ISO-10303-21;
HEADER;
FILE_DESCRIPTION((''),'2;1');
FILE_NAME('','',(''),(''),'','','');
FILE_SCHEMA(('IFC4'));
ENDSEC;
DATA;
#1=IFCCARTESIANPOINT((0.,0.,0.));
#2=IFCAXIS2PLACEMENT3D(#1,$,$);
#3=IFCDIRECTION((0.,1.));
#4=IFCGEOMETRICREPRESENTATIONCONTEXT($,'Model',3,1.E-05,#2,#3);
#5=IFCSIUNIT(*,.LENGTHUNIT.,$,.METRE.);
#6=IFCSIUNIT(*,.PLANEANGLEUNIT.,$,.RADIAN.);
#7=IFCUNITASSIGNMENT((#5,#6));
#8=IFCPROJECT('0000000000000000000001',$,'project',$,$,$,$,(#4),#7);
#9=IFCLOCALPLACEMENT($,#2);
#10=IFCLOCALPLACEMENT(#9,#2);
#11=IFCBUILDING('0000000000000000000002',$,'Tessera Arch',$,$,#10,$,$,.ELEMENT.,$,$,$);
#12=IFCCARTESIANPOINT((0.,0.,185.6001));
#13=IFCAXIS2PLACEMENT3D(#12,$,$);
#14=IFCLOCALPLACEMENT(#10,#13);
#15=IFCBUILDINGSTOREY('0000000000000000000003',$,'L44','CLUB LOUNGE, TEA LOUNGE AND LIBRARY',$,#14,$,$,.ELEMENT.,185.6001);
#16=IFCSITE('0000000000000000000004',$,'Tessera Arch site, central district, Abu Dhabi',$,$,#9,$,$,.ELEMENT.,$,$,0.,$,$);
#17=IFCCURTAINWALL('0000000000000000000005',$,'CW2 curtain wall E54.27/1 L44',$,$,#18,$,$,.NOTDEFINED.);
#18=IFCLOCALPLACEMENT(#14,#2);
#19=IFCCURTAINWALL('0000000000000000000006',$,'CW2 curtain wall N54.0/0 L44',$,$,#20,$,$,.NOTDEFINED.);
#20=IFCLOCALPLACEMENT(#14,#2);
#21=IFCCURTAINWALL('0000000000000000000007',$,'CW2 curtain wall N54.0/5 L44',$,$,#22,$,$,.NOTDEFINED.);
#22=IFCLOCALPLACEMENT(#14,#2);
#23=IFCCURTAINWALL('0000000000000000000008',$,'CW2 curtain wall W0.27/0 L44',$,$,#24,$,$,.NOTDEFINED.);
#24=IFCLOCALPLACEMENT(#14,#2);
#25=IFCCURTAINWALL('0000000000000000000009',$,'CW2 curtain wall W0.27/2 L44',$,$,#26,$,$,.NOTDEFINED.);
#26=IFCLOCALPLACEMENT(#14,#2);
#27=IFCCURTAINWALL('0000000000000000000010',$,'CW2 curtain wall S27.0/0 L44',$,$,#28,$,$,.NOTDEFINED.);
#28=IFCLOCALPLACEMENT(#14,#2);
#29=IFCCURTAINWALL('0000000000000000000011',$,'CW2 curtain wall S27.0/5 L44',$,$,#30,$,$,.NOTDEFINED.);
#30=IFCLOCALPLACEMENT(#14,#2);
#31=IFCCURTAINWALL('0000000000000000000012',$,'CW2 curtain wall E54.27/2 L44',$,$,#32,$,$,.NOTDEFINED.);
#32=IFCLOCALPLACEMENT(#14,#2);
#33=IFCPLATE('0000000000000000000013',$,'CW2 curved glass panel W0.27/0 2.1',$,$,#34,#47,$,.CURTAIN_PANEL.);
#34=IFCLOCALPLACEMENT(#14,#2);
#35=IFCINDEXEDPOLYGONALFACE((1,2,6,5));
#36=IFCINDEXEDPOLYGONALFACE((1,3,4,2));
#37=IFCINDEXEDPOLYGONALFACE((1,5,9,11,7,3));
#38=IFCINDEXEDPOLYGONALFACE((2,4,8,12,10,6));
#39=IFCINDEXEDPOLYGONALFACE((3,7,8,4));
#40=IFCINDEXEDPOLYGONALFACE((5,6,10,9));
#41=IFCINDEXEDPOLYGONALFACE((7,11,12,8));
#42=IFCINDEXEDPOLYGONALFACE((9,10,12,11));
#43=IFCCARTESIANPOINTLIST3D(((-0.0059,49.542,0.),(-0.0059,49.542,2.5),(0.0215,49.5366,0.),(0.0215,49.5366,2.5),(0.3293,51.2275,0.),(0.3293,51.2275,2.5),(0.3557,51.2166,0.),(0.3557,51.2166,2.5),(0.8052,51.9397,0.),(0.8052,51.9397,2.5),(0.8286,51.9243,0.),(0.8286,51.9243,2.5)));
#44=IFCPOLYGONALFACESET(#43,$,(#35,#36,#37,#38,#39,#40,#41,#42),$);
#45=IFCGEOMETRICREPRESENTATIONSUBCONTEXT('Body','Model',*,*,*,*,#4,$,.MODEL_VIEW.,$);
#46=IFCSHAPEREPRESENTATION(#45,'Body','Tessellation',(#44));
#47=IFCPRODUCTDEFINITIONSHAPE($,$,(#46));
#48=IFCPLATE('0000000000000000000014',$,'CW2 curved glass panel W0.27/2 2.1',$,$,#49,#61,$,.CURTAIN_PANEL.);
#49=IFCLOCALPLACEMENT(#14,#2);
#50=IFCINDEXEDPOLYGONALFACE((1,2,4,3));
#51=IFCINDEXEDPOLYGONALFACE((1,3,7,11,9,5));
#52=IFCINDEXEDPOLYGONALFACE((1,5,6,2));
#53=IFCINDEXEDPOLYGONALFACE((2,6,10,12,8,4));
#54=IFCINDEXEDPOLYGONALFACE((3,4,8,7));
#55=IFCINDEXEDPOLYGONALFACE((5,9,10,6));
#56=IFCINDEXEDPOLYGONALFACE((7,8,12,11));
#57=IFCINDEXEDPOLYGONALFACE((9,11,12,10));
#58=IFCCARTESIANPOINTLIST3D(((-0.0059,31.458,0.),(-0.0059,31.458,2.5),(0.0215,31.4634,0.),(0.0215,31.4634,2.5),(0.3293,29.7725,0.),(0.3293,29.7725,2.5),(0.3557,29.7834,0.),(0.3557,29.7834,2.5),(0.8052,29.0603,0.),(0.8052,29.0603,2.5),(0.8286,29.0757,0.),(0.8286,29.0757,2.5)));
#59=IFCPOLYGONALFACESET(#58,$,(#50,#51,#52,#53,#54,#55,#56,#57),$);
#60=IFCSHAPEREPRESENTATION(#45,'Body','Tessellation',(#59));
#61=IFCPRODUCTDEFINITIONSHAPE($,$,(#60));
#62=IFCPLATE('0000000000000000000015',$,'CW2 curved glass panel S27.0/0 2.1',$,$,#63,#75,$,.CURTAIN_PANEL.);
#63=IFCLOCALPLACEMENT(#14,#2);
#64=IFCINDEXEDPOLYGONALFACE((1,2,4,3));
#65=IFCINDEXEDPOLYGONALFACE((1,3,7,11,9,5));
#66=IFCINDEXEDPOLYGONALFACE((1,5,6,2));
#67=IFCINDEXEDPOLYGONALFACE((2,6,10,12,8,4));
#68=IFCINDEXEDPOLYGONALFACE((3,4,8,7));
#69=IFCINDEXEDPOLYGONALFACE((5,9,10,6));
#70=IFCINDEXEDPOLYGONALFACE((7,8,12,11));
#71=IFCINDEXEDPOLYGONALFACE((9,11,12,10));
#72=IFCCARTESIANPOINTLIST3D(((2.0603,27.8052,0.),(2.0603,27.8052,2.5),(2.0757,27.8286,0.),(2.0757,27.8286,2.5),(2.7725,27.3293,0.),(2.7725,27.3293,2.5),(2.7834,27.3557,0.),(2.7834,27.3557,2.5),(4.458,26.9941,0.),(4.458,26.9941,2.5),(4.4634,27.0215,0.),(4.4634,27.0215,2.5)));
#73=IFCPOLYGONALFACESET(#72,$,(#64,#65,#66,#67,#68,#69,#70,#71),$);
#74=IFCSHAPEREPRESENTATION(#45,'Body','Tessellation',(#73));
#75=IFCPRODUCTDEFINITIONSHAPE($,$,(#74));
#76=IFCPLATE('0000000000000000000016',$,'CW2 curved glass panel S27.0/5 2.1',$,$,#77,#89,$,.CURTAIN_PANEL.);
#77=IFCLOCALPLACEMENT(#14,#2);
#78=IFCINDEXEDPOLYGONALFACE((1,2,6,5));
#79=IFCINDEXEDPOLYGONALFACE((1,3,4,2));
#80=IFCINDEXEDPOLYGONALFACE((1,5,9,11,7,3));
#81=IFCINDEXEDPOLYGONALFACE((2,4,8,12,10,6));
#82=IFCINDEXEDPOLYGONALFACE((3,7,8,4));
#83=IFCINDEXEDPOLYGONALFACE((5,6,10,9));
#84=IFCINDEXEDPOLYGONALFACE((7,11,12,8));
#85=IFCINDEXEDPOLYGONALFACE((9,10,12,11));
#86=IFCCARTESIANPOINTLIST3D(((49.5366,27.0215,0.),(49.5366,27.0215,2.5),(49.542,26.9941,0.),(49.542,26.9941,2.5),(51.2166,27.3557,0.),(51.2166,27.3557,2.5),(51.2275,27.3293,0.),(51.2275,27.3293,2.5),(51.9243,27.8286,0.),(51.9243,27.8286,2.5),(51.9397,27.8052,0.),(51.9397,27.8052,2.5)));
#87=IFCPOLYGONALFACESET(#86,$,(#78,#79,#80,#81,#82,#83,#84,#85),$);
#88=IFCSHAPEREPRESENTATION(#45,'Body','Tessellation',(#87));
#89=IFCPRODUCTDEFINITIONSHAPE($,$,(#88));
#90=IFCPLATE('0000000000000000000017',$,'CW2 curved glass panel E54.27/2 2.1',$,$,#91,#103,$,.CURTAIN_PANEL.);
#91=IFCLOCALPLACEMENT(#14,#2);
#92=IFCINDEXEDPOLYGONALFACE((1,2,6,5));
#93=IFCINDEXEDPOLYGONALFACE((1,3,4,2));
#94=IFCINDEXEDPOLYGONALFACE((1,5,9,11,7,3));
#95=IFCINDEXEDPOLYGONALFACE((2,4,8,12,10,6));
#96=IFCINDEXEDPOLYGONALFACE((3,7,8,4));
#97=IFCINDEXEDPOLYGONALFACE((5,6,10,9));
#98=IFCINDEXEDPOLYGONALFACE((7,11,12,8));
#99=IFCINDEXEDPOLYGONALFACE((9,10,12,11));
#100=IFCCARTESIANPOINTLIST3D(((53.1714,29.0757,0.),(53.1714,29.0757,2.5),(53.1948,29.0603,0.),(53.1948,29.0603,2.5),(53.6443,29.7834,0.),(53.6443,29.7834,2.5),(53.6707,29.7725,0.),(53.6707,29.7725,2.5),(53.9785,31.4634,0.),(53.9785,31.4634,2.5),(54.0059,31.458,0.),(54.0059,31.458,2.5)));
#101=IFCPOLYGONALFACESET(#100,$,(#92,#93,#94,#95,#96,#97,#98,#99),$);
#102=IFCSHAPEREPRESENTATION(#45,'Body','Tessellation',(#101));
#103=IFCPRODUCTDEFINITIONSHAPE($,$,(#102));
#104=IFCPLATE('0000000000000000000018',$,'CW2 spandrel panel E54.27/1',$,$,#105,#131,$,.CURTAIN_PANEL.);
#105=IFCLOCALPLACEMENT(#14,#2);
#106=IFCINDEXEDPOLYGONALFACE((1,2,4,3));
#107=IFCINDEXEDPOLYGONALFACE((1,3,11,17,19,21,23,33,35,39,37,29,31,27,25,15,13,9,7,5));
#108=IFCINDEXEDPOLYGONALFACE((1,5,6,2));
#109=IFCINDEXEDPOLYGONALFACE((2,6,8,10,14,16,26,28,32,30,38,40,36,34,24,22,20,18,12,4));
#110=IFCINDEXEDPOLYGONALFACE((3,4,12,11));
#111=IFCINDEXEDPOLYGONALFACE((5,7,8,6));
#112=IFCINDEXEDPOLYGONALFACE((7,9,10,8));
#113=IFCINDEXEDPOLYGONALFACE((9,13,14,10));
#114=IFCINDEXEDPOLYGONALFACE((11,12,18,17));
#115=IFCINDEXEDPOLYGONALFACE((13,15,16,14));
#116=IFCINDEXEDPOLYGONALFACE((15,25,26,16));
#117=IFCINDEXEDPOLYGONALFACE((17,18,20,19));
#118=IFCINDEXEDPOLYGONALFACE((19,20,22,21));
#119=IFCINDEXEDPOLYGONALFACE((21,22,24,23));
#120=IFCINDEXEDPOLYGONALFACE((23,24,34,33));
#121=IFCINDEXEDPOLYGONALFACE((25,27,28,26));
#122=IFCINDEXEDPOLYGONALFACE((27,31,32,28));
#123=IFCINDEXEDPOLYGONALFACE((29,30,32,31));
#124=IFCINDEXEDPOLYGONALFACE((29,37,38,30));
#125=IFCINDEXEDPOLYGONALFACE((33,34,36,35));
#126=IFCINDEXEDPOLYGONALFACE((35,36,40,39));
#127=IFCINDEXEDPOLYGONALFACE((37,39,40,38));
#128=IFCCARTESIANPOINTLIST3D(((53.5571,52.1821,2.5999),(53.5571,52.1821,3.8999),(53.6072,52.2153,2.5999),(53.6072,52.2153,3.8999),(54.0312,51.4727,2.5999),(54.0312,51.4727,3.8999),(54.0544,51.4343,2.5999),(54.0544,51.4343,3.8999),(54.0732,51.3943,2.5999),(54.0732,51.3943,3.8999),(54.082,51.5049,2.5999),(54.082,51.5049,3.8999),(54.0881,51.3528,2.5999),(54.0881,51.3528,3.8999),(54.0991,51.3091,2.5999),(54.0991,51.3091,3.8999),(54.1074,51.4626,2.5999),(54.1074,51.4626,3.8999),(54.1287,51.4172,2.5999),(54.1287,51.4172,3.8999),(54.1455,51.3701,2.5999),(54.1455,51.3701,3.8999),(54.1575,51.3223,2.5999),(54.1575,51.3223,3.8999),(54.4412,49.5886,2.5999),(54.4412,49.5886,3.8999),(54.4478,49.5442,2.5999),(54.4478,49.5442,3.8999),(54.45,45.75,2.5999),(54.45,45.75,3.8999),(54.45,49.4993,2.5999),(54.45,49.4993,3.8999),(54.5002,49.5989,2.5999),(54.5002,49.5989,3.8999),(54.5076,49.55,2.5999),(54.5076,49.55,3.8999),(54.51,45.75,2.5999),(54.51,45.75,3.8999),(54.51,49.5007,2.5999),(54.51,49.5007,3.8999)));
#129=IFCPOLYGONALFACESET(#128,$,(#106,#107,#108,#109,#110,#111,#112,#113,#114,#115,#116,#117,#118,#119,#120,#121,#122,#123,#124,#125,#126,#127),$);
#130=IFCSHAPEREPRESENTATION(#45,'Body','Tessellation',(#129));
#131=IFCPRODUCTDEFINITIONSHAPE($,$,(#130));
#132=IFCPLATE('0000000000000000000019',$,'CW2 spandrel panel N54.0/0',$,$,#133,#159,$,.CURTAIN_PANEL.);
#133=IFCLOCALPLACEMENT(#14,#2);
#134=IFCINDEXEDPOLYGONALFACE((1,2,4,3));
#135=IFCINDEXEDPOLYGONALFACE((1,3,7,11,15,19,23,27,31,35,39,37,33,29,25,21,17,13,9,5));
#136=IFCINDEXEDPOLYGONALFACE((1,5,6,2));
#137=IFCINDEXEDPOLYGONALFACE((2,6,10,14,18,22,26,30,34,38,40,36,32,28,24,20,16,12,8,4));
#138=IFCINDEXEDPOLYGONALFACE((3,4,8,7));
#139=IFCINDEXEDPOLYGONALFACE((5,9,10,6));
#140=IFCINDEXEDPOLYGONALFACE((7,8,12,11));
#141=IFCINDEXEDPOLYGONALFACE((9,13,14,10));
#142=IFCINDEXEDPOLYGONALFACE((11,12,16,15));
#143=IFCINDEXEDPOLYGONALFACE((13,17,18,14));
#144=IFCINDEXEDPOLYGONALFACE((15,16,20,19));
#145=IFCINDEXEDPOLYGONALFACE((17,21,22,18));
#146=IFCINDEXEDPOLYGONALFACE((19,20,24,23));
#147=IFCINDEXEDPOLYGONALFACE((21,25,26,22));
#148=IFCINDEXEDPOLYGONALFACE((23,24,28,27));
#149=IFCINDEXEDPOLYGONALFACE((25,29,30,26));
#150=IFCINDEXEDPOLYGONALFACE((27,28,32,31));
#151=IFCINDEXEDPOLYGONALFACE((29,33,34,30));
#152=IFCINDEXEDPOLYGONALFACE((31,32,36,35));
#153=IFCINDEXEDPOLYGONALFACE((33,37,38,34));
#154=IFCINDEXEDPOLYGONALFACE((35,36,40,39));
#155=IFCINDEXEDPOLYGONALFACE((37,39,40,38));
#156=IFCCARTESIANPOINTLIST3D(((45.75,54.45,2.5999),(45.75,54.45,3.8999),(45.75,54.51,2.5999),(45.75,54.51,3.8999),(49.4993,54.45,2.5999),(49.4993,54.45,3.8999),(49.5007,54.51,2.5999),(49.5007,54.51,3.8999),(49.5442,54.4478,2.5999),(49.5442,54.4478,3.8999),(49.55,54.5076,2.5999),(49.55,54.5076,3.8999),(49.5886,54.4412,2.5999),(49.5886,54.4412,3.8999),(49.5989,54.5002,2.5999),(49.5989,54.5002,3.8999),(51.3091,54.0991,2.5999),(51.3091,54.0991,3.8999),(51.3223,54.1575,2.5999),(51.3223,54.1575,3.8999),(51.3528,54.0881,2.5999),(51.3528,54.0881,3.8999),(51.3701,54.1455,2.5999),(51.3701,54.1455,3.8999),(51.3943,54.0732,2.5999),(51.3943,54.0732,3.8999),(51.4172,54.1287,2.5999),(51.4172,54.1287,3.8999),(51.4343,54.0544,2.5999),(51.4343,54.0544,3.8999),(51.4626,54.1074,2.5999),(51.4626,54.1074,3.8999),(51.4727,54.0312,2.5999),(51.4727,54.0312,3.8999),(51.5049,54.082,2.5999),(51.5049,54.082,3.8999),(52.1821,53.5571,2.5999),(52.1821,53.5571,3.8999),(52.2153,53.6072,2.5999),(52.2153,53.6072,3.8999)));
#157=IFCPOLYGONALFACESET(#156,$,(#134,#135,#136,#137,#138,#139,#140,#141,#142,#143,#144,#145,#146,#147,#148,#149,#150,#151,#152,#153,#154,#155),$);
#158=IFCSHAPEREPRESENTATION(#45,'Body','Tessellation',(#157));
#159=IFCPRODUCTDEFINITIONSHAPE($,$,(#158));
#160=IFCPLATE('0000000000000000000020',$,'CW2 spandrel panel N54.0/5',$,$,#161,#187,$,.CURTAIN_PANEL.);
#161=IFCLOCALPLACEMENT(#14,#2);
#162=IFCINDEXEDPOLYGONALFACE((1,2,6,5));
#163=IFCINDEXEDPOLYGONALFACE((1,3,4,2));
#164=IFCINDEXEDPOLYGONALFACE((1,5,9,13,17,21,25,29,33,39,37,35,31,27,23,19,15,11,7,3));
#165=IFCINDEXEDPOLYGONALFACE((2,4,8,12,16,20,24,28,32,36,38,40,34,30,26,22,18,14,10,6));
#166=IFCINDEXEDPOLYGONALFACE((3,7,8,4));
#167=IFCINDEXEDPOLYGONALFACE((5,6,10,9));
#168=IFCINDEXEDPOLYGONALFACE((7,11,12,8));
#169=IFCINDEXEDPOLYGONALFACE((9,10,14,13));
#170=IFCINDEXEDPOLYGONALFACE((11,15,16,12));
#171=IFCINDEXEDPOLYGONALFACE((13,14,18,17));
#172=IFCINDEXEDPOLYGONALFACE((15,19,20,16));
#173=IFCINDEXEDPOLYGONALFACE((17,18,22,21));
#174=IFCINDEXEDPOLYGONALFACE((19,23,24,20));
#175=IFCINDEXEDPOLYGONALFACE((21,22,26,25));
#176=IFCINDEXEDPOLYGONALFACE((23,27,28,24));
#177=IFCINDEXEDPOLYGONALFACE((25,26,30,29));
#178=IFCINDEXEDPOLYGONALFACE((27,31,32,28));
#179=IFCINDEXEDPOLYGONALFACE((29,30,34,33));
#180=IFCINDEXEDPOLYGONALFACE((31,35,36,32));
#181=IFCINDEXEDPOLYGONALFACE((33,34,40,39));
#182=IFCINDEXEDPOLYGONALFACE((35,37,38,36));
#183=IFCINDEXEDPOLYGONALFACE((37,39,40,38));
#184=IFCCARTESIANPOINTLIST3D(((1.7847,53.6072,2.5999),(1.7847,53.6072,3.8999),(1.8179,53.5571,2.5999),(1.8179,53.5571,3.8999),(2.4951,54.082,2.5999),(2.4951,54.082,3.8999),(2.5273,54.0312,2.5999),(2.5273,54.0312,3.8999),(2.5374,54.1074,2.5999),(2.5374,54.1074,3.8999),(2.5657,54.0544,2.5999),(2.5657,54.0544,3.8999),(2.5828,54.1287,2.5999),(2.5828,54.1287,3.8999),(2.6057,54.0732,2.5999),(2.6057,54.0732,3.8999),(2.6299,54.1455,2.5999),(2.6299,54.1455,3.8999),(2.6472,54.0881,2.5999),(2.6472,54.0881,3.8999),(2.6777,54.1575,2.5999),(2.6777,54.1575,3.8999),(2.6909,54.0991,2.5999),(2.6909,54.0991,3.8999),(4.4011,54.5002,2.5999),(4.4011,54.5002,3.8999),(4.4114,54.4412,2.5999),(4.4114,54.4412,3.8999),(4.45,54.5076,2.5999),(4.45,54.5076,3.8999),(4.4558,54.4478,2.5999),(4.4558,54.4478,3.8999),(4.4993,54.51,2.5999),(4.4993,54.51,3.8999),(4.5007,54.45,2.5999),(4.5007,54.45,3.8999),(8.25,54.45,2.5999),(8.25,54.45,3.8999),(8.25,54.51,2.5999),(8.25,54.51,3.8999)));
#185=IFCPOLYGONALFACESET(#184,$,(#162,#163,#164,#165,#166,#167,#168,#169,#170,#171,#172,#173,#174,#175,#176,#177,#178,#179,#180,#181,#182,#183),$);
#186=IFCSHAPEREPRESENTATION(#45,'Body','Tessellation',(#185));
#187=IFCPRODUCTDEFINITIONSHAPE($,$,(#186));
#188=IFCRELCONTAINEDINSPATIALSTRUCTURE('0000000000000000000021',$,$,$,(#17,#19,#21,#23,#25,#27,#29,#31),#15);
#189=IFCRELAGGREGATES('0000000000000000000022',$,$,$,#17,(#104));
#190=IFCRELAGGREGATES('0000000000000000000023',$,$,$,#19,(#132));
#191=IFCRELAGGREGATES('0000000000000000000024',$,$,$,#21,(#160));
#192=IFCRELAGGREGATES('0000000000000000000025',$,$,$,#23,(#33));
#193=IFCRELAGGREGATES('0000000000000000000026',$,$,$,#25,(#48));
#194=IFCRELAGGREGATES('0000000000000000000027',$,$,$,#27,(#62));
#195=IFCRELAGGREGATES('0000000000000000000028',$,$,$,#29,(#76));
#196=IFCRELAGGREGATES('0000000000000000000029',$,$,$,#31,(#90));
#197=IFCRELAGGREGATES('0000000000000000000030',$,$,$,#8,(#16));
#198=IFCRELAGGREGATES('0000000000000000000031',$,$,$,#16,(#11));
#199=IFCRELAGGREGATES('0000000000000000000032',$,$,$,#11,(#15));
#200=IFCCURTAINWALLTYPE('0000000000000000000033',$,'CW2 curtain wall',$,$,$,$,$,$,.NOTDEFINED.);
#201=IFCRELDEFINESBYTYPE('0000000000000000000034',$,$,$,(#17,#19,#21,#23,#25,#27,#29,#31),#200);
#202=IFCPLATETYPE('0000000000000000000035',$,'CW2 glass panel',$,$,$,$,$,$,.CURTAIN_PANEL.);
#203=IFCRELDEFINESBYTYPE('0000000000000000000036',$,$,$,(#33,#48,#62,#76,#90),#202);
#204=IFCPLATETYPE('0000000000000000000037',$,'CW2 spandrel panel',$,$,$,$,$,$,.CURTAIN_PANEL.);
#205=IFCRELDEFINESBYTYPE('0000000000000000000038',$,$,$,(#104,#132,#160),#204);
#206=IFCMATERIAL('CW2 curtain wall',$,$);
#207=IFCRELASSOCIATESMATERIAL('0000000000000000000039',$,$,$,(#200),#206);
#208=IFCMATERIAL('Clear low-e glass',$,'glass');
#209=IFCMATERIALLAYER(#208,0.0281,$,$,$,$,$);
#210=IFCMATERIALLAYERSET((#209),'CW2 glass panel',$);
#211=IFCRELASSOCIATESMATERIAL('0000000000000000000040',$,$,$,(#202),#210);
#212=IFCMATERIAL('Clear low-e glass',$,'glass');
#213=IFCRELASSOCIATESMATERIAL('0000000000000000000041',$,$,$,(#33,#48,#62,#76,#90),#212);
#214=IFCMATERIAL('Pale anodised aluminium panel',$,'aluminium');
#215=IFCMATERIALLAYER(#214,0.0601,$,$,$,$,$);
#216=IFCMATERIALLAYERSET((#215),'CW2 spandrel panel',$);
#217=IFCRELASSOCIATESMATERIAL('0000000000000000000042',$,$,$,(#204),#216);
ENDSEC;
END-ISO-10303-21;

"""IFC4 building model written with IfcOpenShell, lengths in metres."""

from ifc_helpers import new_model, si_unit, direction, frame, origin, place, context, subcontext, project, spatial, polyline, outline, extrude, material, layer, layer_set, type_object, element, aggregate, save


model = new_model("IFC4")

# Units and contexts
model_context = context("Model", 3, precision=1e-05, world=origin(), true_north=direction((0.0, 1.0)))
body_context = subcontext(model_context, "Body", "Model", "MODEL_VIEW")
ifc_project = project(units=[si_unit("LENGTHUNIT", "METRE"), si_unit("PLANEANGLEUNIT", "RADIAN")], contexts=[model_context])

# Site, building, storey
site_placement = place(None, origin())
site = spatial("IfcSite", under=ifc_project, at=site_placement, Name="Tessera Arch site, central district, Abu Dhabi", CompositionType="ELEMENT", RefElevation=0.0)
building_placement = place(site_placement, origin())
building = spatial("IfcBuilding", under=site, at=building_placement, Name="Tessera Arch", CompositionType="ELEMENT")
storey_placement = place(building_placement, frame((0.0, 0.0, 185.6001)))
storey = spatial("IfcBuildingStorey", under=building, at=storey_placement, Name="L44", Description="CLUB LOUNGE, TEA LOUNGE AND LIBRARY", CompositionType="ELEMENT", Elevation=185.6001)

# Curtain walls
ifc_material_1 = material(Name="CW2 curtain wall")
curtain_wall_type_1 = type_object("IfcCurtainWallType", Name="CW2 curtain wall", PredefinedType="NOTDEFINED", material=ifc_material_1)
curtain_wall_1_placement = place(storey_placement, origin())
curtain_wall_1 = element("IfcCurtainWall", 1, at=curtain_wall_1_placement, inside=storey, type_object=curtain_wall_type_1, Name="CW2 curtain wall E54.27/1 L44", PredefinedType="NOTDEFINED")
curtain_wall_2_placement = place(storey_placement, origin())
curtain_wall_2 = element("IfcCurtainWall", 2, at=curtain_wall_2_placement, inside=storey, type_object=curtain_wall_type_1, Name="CW2 curtain wall N54.0/0 L44", PredefinedType="NOTDEFINED")
curtain_wall_3_placement = place(storey_placement, origin())
curtain_wall_3 = element("IfcCurtainWall", 3, at=curtain_wall_3_placement, inside=storey, type_object=curtain_wall_type_1, Name="CW2 curtain wall N54.0/5 L44", PredefinedType="NOTDEFINED")
curtain_wall_4_placement = place(storey_placement, origin())
curtain_wall_4 = element("IfcCurtainWall", 4, at=curtain_wall_4_placement, inside=storey, type_object=curtain_wall_type_1, Name="CW2 curtain wall W0.27/0 L44", PredefinedType="NOTDEFINED")
curtain_wall_5_placement = place(storey_placement, origin())
curtain_wall_5 = element("IfcCurtainWall", 5, at=curtain_wall_5_placement, inside=storey, type_object=curtain_wall_type_1, Name="CW2 curtain wall W0.27/2 L44", PredefinedType="NOTDEFINED")
curtain_wall_6_placement = place(storey_placement, origin())
curtain_wall_6 = element("IfcCurtainWall", 6, at=curtain_wall_6_placement, inside=storey, type_object=curtain_wall_type_1, Name="CW2 curtain wall S27.0/0 L44", PredefinedType="NOTDEFINED")
curtain_wall_7_placement = place(storey_placement, origin())
curtain_wall_7 = element("IfcCurtainWall", 7, at=curtain_wall_7_placement, inside=storey, type_object=curtain_wall_type_1, Name="CW2 curtain wall S27.0/5 L44", PredefinedType="NOTDEFINED")
curtain_wall_8_placement = place(storey_placement, origin())
curtain_wall_8 = element("IfcCurtainWall", 8, at=curtain_wall_8_placement, inside=storey, type_object=curtain_wall_type_1, Name="CW2 curtain wall E54.27/2 L44", PredefinedType="NOTDEFINED")

# Plates
ifc_material_2 = material(Name="Clear low-e glass", Category="glass")
ifc_material_3 = material(Name="Clear low-e glass", Category="glass")
ifc_layer_1 = layer(ifc_material_3, 0.0281)
ifc_layer_set_1 = layer_set([ifc_layer_1], Name="CW2 glass panel")
plate_type_1 = type_object("IfcPlateType", Name="CW2 glass panel", PredefinedType="CURTAIN_PANEL", material=ifc_layer_set_1)
plate_1_placement = place(storey_placement, origin())
plate_1 = element("IfcPlate", 9, at=plate_1_placement, type_object=plate_type_1, material=ifc_material_2, Name="CW2 curved glass panel W0.27/0 2.1", PredefinedType="CURTAIN_PANEL", context=body_context, shape_type="SweptSolid", body=[
    extrude(outline(polyline([(0.3557, 51.2166), (0.8286, 51.9243), (0.8052, 51.9397), (0.3293, 51.2275), (-0.0059, 49.542), (0.0215, 49.5366), (0.3557, 51.2166)])), origin(), (0.0, 0.0, 1.0), 2.5),
])
plate_2_placement = place(storey_placement, origin())
plate_2 = element("IfcPlate", 10, at=plate_2_placement, type_object=plate_type_1, material=ifc_material_2, Name="CW2 curved glass panel W0.27/2 2.1", PredefinedType="CURTAIN_PANEL", context=body_context, shape_type="SweptSolid", body=[
    extrude(outline(polyline([(0.3557, 29.7834), (0.0215, 31.4634), (-0.0059, 31.458), (0.3293, 29.7725), (0.8052, 29.0603), (0.8286, 29.0757), (0.3557, 29.7834)])), origin(), (0.0, 0.0, 1.0), 2.5),
])
plate_3_placement = place(storey_placement, origin())
plate_3 = element("IfcPlate", 11, at=plate_3_placement, type_object=plate_type_1, material=ifc_material_2, Name="CW2 curved glass panel S27.0/0 2.1", PredefinedType="CURTAIN_PANEL", context=body_context, shape_type="SweptSolid", body=[
    extrude(outline(polyline([(2.7834, 27.3557), (2.0757, 27.8286), (2.0603, 27.8052), (2.7725, 27.3293), (4.458, 26.9941), (4.4634, 27.0215), (2.7834, 27.3557)])), origin(), (0.0, 0.0, 1.0), 2.5),
])
plate_4_placement = place(storey_placement, origin())
plate_4 = element("IfcPlate", 12, at=plate_4_placement, type_object=plate_type_1, material=ifc_material_2, Name="CW2 curved glass panel S27.0/5 2.1", PredefinedType="CURTAIN_PANEL", context=body_context, shape_type="SweptSolid", body=[
    extrude(outline(polyline([(51.2166, 27.3557), (49.5366, 27.0215), (49.542, 26.9941), (51.2275, 27.3293), (51.9397, 27.8052), (51.9243, 27.8286), (51.2166, 27.3557)])), origin(), (0.0, 0.0, 1.0), 2.5),
])
plate_5_placement = place(storey_placement, origin())
plate_5 = element("IfcPlate", 13, at=plate_5_placement, type_object=plate_type_1, material=ifc_material_2, Name="CW2 curved glass panel E54.27/2 2.1", PredefinedType="CURTAIN_PANEL", context=body_context, shape_type="SweptSolid", body=[
    extrude(outline(polyline([(53.6443, 29.7834), (53.1714, 29.0757), (53.1948, 29.0603), (53.6707, 29.7725), (54.0059, 31.458), (53.9785, 31.4634), (53.6443, 29.7834)])), origin(), (0.0, 0.0, 1.0), 2.5),
])
ifc_material_4 = material(Name="Pale anodised aluminium panel", Category="aluminium")
ifc_layer_2 = layer(ifc_material_4, 0.0601)
ifc_layer_set_2 = layer_set([ifc_layer_2], Name="CW2 spandrel panel")
plate_type_2 = type_object("IfcPlateType", Name="CW2 spandrel panel", PredefinedType="CURTAIN_PANEL", material=ifc_layer_set_2)
plate_6_placement = place(storey_placement, frame((0.0, 0.0, 2.5999)))
plate_6 = element("IfcPlate", 14, at=plate_6_placement, type_object=plate_type_2, Name="CW2 spandrel panel E54.27/1", PredefinedType="CURTAIN_PANEL", context=body_context, shape_type="SweptSolid", body=[
    extrude(outline(polyline([(54.45, 49.4993), (54.45, 45.75), (54.51, 45.75), (54.51, 49.5007), (54.5076, 49.55), (54.5002, 49.5989), (54.1575, 51.3223), (54.1455, 51.3701), (54.1287, 51.4172), (54.1074, 51.4626), (54.082, 51.5049), (53.6072, 52.2153), (53.5571, 52.1821), (54.0312, 51.4727), (54.0544, 51.4343), (54.0732, 51.3943), (54.0881, 51.3528), (54.0991, 51.3091), (54.4412, 49.5886), (54.4478, 49.5442), (54.45, 49.4993)])), origin(), (0.0, 0.0, 1.0), 1.3),
])
aggregate(curtain_wall_1, [plate_6])
plate_7_placement = place(storey_placement, frame((0.0, 0.0, 2.5999)))
plate_7 = element("IfcPlate", 15, at=plate_7_placement, type_object=plate_type_2, Name="CW2 spandrel panel N54.0/0", PredefinedType="CURTAIN_PANEL", context=body_context, shape_type="SweptSolid", body=[
    extrude(outline(polyline([(51.4727, 54.0312), (52.1821, 53.5571), (52.2153, 53.6072), (51.5049, 54.082), (51.4626, 54.1074), (51.4172, 54.1287), (51.3701, 54.1455), (51.3223, 54.1575), (49.5989, 54.5002), (49.55, 54.5076), (49.5007, 54.51), (45.75, 54.51), (45.75, 54.45), (49.4993, 54.45), (49.5442, 54.4478), (49.5886, 54.4412), (51.3091, 54.0991), (51.3528, 54.0881), (51.3943, 54.0732), (51.4343, 54.0544), (51.4727, 54.0312)])), origin(), (0.0, 0.0, 1.0), 1.3),
])
aggregate(curtain_wall_2, [plate_7])
plate_8_placement = place(storey_placement, frame((0.0, 0.0, 2.5999)))
plate_8 = element("IfcPlate", 16, at=plate_8_placement, type_object=plate_type_2, Name="CW2 spandrel panel N54.0/5", PredefinedType="CURTAIN_PANEL", context=body_context, shape_type="SweptSolid", body=[
    extrude(outline(polyline([(4.5007, 54.45), (8.25, 54.45), (8.25, 54.51), (4.4993, 54.51), (4.45, 54.5076), (4.4011, 54.5002), (2.6777, 54.1575), (2.6299, 54.1455), (2.5828, 54.1287), (2.5374, 54.1074), (2.4951, 54.082), (1.7847, 53.6072), (1.8179, 53.5571), (2.5273, 54.0312), (2.5657, 54.0544), (2.6057, 54.0732), (2.6472, 54.0881), (2.6909, 54.0991), (4.4114, 54.4412), (4.4558, 54.4478), (4.5007, 54.45)])), origin(), (0.0, 0.0, 1.0), 1.3),
])
aggregate(curtain_wall_3, [plate_8])
aggregate(curtain_wall_4, [plate_1])
aggregate(curtain_wall_5, [plate_2])
aggregate(curtain_wall_6, [plate_3])
aggregate(curtain_wall_7, [plate_4])
aggregate(curtain_wall_8, [plate_5])

save(model, "model.ifc")
